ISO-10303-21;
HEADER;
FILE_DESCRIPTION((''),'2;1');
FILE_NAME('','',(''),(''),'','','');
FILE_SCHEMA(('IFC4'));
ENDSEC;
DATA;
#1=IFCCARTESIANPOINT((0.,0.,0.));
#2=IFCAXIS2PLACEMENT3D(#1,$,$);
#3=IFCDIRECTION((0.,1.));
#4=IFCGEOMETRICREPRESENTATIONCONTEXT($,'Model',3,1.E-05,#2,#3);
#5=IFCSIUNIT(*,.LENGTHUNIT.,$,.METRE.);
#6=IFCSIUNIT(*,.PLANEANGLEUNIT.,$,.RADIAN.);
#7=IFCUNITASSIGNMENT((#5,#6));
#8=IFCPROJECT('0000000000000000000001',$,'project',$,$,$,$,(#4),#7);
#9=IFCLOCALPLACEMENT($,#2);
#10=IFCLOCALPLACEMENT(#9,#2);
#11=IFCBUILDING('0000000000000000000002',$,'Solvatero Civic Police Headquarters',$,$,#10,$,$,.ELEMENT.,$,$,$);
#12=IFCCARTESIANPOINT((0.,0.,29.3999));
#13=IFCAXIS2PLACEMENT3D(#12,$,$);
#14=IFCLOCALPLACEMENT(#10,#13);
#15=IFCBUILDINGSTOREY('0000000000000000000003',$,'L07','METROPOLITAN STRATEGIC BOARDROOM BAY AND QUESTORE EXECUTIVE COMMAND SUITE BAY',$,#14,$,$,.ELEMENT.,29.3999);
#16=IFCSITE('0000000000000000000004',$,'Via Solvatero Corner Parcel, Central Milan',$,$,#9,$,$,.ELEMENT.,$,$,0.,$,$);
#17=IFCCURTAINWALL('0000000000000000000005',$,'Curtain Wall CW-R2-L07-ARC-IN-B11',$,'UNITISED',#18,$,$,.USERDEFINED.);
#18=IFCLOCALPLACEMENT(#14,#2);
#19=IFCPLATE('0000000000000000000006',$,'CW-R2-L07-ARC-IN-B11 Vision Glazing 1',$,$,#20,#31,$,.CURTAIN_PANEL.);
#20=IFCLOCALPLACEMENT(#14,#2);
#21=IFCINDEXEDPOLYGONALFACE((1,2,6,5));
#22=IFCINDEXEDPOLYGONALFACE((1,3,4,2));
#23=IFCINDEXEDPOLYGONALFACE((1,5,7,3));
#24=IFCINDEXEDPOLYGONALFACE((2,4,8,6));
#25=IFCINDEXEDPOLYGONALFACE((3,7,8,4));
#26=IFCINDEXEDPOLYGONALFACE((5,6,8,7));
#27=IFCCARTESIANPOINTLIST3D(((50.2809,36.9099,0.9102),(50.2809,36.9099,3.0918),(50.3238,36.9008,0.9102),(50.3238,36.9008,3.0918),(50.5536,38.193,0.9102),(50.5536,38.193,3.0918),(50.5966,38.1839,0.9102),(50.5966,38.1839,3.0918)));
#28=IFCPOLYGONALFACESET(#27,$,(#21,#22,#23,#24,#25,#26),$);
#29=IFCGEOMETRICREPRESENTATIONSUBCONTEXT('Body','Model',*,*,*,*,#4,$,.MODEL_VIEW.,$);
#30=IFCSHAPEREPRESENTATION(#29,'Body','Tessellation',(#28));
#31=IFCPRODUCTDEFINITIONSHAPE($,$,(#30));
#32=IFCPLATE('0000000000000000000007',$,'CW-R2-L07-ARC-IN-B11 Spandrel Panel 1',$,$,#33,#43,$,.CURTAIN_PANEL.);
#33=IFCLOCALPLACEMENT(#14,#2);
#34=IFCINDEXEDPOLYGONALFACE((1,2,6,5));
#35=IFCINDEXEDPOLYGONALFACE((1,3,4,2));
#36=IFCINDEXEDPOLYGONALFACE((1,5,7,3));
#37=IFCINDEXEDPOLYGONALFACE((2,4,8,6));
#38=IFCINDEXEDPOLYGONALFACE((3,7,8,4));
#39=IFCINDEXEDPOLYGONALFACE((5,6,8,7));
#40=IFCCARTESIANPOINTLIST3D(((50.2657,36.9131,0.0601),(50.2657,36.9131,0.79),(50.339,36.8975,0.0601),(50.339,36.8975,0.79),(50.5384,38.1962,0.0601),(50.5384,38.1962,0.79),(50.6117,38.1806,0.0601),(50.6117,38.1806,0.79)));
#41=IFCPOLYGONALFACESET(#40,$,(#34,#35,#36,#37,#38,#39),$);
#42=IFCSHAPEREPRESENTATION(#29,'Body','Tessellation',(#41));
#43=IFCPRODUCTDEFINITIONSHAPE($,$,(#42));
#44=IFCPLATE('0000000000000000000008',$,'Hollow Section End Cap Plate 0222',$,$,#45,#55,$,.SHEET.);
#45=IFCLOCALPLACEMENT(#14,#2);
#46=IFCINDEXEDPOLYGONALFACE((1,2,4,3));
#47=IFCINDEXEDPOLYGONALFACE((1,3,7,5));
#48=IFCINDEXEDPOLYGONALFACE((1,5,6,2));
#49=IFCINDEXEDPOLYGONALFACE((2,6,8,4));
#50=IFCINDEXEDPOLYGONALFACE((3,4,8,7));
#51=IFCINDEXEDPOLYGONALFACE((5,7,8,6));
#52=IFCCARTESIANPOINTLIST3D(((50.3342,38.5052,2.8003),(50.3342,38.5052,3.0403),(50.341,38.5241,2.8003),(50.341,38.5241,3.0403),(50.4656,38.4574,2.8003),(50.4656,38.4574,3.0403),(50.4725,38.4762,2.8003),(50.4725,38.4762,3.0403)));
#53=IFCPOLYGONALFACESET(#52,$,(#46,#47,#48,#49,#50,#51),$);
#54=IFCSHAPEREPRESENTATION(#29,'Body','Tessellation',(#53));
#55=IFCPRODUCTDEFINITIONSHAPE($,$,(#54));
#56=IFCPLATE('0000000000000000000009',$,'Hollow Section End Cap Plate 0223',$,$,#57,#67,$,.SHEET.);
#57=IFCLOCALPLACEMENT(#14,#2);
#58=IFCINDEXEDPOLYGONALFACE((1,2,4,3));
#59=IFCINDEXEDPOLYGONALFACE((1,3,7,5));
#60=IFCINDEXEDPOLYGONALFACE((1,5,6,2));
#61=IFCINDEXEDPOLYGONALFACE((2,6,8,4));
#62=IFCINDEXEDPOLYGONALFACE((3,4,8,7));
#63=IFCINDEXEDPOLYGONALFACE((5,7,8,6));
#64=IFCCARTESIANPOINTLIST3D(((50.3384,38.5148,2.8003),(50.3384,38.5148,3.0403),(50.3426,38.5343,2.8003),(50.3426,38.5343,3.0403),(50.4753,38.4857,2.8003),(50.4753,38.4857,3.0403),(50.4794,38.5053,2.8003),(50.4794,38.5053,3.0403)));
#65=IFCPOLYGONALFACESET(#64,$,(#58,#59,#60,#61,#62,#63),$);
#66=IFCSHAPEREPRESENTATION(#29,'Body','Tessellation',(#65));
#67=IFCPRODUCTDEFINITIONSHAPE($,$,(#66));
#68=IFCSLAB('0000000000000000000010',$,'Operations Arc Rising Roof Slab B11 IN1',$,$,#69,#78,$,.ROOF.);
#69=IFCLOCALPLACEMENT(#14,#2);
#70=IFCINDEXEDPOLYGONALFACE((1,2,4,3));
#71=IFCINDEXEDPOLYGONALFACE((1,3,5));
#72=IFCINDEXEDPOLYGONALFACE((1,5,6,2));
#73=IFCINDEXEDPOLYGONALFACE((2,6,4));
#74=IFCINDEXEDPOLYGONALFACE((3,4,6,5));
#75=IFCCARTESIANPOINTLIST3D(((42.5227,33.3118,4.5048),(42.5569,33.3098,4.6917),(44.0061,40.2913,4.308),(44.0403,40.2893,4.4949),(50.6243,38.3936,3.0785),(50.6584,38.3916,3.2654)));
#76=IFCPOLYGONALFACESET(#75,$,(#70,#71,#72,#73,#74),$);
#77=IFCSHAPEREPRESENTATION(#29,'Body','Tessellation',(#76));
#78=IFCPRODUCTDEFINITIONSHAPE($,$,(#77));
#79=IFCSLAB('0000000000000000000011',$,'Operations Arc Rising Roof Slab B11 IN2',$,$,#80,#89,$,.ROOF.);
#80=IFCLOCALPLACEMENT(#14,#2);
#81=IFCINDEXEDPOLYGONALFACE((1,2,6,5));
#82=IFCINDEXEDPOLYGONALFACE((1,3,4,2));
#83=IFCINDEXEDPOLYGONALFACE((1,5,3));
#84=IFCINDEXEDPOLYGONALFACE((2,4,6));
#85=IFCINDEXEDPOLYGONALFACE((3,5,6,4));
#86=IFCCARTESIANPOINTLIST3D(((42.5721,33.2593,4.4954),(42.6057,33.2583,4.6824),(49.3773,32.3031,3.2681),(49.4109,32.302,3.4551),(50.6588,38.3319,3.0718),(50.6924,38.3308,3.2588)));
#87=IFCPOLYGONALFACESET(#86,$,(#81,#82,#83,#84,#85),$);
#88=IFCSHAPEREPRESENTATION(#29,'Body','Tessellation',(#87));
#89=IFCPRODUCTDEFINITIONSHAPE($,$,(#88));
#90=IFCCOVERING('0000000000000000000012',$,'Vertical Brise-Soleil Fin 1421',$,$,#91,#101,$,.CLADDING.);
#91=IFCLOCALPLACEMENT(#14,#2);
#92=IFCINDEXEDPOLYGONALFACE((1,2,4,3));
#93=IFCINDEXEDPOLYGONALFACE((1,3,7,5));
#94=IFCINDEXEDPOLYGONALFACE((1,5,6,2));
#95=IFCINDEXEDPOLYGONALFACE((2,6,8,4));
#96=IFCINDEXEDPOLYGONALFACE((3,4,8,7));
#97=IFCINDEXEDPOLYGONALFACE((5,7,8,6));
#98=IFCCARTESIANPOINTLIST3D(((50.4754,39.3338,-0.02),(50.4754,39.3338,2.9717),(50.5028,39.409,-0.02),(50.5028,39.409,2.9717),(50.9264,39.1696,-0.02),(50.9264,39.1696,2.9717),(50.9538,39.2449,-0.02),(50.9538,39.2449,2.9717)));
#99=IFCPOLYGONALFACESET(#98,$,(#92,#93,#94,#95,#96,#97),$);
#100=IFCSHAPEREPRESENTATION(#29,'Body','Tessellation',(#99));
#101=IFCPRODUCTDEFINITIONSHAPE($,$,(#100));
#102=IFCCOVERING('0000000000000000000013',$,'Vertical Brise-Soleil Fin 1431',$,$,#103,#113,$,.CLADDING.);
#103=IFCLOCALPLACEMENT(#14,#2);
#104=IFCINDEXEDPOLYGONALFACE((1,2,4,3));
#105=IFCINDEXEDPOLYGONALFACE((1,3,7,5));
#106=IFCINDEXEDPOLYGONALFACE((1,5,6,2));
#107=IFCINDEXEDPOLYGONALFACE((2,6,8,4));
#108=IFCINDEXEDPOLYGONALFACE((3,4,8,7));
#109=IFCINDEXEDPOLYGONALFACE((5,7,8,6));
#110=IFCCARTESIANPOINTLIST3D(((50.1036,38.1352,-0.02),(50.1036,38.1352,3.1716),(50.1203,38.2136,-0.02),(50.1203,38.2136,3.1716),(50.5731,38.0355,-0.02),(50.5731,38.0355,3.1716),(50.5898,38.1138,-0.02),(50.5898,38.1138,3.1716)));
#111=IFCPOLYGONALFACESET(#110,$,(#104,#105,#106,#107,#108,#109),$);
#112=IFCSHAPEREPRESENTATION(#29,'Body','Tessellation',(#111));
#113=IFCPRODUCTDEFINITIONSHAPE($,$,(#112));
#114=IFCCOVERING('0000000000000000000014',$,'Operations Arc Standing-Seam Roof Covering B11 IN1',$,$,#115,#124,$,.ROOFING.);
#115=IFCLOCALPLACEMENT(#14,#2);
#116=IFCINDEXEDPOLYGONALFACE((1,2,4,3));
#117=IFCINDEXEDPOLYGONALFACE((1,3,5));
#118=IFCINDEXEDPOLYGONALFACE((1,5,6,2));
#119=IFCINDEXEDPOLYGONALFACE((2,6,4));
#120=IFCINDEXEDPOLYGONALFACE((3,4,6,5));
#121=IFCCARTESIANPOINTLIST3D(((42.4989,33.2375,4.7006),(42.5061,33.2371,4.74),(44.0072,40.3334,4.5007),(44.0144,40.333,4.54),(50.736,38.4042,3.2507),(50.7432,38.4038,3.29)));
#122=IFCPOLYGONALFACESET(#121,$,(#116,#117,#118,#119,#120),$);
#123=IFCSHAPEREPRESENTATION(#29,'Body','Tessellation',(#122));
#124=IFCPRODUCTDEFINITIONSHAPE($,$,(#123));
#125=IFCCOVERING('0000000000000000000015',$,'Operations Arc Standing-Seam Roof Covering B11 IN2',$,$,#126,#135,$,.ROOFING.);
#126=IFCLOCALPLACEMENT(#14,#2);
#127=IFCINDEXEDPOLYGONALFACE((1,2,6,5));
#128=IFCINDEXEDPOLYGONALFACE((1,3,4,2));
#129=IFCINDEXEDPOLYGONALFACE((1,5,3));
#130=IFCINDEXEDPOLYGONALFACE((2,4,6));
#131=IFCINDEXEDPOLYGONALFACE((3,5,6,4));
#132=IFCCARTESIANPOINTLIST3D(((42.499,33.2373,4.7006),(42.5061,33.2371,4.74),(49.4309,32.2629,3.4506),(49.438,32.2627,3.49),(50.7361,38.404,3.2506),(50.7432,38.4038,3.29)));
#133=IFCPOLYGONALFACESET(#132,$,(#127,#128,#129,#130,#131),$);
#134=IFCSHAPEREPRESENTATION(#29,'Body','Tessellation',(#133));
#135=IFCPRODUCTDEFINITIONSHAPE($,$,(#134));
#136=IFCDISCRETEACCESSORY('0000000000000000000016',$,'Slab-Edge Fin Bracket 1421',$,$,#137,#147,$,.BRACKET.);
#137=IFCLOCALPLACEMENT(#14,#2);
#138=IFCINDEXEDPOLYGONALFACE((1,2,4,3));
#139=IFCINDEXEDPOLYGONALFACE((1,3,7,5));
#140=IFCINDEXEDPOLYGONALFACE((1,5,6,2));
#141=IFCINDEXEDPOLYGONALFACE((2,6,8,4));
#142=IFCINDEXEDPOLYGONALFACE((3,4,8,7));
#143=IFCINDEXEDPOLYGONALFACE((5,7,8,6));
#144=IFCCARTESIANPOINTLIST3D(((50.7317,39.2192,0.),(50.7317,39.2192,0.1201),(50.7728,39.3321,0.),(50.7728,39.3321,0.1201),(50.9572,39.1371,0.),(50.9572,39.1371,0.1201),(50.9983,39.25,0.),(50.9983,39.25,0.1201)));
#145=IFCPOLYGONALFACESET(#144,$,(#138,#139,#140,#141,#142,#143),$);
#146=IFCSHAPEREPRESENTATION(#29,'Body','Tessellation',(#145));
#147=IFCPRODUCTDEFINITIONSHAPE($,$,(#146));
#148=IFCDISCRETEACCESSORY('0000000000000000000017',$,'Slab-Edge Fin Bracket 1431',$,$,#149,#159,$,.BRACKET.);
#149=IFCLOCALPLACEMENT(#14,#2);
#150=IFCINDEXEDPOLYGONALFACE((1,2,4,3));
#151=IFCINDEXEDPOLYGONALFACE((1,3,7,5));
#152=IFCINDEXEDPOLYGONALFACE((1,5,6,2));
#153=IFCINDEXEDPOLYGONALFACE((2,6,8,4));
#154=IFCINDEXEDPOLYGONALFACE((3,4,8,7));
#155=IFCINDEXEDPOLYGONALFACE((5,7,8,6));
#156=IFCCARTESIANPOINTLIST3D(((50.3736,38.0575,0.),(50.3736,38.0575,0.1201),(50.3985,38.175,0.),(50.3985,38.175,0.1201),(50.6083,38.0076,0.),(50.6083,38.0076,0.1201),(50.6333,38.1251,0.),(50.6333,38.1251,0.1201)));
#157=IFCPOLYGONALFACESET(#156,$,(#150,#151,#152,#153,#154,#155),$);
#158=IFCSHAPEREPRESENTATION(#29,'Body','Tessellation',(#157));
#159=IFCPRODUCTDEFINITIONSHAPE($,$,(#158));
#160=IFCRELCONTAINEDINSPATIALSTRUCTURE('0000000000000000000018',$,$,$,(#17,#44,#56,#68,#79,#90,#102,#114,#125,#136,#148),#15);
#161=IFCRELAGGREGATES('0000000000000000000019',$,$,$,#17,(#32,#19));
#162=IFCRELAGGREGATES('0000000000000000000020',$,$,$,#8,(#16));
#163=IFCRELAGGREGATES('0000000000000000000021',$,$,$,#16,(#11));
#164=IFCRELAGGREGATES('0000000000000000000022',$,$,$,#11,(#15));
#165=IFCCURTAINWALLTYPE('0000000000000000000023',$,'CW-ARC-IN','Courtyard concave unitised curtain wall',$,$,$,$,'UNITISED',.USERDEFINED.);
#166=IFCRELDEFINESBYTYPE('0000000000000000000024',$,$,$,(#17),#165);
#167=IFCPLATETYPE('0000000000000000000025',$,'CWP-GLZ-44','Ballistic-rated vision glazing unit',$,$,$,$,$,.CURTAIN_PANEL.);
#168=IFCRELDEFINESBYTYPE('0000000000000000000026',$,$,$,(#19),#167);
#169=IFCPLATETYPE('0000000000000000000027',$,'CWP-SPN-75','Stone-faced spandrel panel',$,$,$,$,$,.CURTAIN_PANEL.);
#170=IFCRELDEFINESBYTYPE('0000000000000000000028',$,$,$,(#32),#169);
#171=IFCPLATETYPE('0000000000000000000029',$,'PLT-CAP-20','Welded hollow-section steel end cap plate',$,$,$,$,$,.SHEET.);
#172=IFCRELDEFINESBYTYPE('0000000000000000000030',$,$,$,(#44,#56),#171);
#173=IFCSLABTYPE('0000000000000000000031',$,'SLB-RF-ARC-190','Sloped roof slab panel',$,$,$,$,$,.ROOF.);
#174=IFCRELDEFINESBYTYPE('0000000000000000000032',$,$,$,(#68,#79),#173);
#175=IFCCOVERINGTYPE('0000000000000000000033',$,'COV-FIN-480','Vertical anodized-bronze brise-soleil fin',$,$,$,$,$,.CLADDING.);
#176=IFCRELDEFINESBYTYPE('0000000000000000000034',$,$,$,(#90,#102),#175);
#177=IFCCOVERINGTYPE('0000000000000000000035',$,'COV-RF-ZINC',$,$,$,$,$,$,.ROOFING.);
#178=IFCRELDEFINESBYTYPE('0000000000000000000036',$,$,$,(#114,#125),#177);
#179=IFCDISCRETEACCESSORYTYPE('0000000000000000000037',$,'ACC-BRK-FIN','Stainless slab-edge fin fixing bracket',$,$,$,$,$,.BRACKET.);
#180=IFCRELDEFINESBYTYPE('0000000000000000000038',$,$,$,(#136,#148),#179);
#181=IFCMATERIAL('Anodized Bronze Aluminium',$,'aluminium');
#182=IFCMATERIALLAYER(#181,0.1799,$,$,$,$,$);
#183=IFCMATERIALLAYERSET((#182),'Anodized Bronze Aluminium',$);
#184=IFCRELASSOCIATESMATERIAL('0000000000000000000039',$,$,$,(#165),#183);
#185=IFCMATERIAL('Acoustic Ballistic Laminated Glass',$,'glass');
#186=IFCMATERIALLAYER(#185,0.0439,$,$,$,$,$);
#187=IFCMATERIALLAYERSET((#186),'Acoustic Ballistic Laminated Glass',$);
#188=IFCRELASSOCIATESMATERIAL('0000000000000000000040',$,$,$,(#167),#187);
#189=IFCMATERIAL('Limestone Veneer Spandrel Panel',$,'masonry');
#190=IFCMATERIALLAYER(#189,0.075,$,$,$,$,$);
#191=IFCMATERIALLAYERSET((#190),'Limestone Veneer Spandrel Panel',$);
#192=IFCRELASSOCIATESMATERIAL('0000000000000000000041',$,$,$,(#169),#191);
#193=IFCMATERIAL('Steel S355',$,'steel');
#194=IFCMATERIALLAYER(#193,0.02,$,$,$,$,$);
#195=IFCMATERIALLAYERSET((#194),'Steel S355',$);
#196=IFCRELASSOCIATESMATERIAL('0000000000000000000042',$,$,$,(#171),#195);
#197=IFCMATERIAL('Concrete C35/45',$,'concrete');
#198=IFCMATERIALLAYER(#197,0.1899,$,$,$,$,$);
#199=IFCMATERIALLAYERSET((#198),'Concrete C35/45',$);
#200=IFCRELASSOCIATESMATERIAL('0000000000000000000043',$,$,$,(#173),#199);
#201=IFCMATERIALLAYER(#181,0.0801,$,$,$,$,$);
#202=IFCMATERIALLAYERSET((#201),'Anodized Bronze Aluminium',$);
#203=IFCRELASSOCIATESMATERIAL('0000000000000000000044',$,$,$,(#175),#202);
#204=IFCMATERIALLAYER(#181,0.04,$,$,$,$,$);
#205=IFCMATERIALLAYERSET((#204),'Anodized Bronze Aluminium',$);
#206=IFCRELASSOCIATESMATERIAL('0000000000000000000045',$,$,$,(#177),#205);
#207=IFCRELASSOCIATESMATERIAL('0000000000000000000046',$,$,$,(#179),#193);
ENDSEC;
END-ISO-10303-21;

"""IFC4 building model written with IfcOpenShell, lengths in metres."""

from ifc_helpers import new_model, si_unit, direction, frame, origin, origin_2d, place, context, subcontext, project, spatial, polyline, rectangle, outline, extrude, material, layer, layer_set, type_object, element, aggregate, save


model = new_model("IFC4")

# Units and contexts
model_context = context("Model", 3, precision=1e-05, world=origin(), true_north=direction((0.0, 1.0)))
body_context = subcontext(model_context, "Body", "Model", "MODEL_VIEW")
ifc_project = project(units=[si_unit("LENGTHUNIT", "METRE"), si_unit("PLANEANGLEUNIT", "RADIAN")], contexts=[model_context])

# Site, building, storey
site_placement = place(None, origin())
site = spatial("IfcSite", under=ifc_project, at=site_placement, Name="Via Solvatero Corner Parcel, Central Milan", CompositionType="ELEMENT", RefElevation=0.0)
building_placement = place(site_placement, origin())
building = spatial("IfcBuilding", under=site, at=building_placement, Name="Solvatero Civic Police Headquarters", CompositionType="ELEMENT")
storey_placement = place(building_placement, frame((0.0, 0.0, 29.3999)))
storey = spatial("IfcBuildingStorey", under=building, at=storey_placement, Name="L07", Description="METROPOLITAN STRATEGIC BOARDROOM BAY AND QUESTORE EXECUTIVE COMMAND SUITE BAY", CompositionType="ELEMENT", Elevation=29.3999)

# Shared definitions
ifc_material_1 = material(Name="Steel S355", Category="steel")

# Shared definitions
ifc_material_2 = material(Name="Anodized Bronze Aluminium", Category="aluminium")
ifc_layer_1 = layer(ifc_material_2, 0.1799)
ifc_layer_set_1 = layer_set([ifc_layer_1], Name="Anodized Bronze Aluminium")
curtain_wall_type = type_object("IfcCurtainWallType", Name="CW-ARC-IN", Description="Courtyard concave unitised curtain wall", ElementType="UNITISED", PredefinedType="USERDEFINED", material=ifc_layer_set_1)

# Curtain wall
curtain_wall_1_placement = place(storey_placement, origin())
curtain_wall_1 = element("IfcCurtainWall", 1, at=curtain_wall_1_placement, inside=storey, type_object=curtain_wall_type, Name="Curtain Wall CW-R2-L07-ARC-IN-B11", ObjectType="UNITISED", PredefinedType="USERDEFINED")

# Plates
ifc_material_3 = material(Name="Acoustic Ballistic Laminated Glass", Category="glass")
ifc_layer_2 = layer(ifc_material_3, 0.0439)
ifc_layer_set_2 = layer_set([ifc_layer_2], Name="Acoustic Ballistic Laminated Glass")
plate_type_1 = type_object("IfcPlateType", Name="CWP-GLZ-44", Description="Ballistic-rated vision glazing unit", PredefinedType="CURTAIN_PANEL", material=ifc_layer_set_2)
plate_1_placement = place(storey_placement, frame((50.4387, 37.5469, 0.9102), z_axis=(0.0, 0.0, 1.0), x_axis=(-0.207912, -0.978148, 0.0)))
plate_1 = element("IfcPlate", 2, at=plate_1_placement, type_object=plate_type_1, Name="CW-R2-L07-ARC-IN-B11 Vision Glazing 1", PredefinedType="CURTAIN_PANEL", context=body_context, shape_type="SweptSolid", body=[
    extrude(rectangle(XDim=1.3118, YDim=0.0439, at=origin_2d()), origin(), (0.0, 0.0, 1.0), 2.1816),
])
ifc_material_4 = material(Name="Limestone Veneer Spandrel Panel", Category="masonry")
ifc_layer_3 = layer(ifc_material_4, 0.075)
ifc_layer_set_3 = layer_set([ifc_layer_3], Name="Limestone Veneer Spandrel Panel")
plate_type_2 = type_object("IfcPlateType", Name="CWP-SPN-75", Description="Stone-faced spandrel panel", PredefinedType="CURTAIN_PANEL", material=ifc_layer_set_3)
plate_2_placement = place(storey_placement, frame((50.4387, 37.5469, 0.0601), z_axis=(0.0, 0.0, 1.0), x_axis=(-0.207912, -0.978148, 0.0)))
plate_2 = element("IfcPlate", 3, at=plate_2_placement, type_object=plate_type_2, Name="CW-R2-L07-ARC-IN-B11 Spandrel Panel 1", PredefinedType="CURTAIN_PANEL", context=body_context, shape_type="SweptSolid", body=[
    extrude(rectangle(XDim=1.3118, YDim=0.075, at=origin_2d()), origin(), (0.0, 0.0, 1.0), 0.73),
])
aggregate(curtain_wall_1, [plate_2, plate_1])

# Plates
ifc_layer_4 = layer(ifc_material_1, 0.02)
ifc_layer_set_4 = layer_set([ifc_layer_4], Name="Steel S355")
plate_type_3 = type_object("IfcPlateType", Name="PLT-CAP-20", Description="Welded hollow-section steel end cap plate", PredefinedType="SHEET", material=ifc_layer_set_4)
for number, where, z_axis, x_axis, name in (
    (4, (50.4033, 38.4907, 2.8003), (0.0, 0.0, 1.0), (-0.34202, -0.939693, 0.0), "Hollow Section End Cap Plate 0222"),
    (5, (50.4089, 38.51, 2.8003), (0.0, 0.0, 1.0), (-0.207912, -0.978148, 0.0), "Hollow Section End Cap Plate 0223"),
):
    element("IfcPlate", number, at=place(storey_placement, frame(where, z_axis=z_axis, x_axis=x_axis)), inside=storey, type_object=plate_type_3, Name=name, PredefinedType="SHEET", context=body_context, shape_type="SweptSolid", body=[
        extrude(rectangle(XDim=0.02, YDim=0.1399, at=origin_2d()), origin(), (0.0, 0.0, 1.0), 0.24),
    ])

# Slabs
ifc_material_5 = material(Name="Concrete C35/45", Category="concrete")
ifc_layer_5 = layer(ifc_material_5, 0.1899)
ifc_layer_set_5 = layer_set([ifc_layer_5], Name="Concrete C35/45")
slab_type = type_object("IfcSlabType", Name="SLB-RF-ARC-190", Description="Sloped roof slab panel", PredefinedType="ROOF", material=ifc_layer_set_5)
slab_1_placement = place(storey_placement, frame((50.6584, 38.3916, 3.2654), z_axis=(0.179738, -0.010468, 0.983659), x_axis=(-0.83787, -0.525562, 0.147506)))
element("IfcSlab", 6, at=slab_1_placement, inside=storey, type_object=slab_type, Name="Operations Arc Rising Roof Slab B11 IN1", PredefinedType="ROOF", context=body_context, shape_type="SweptSolid", body=[
    extrude(outline(polyline([(0.0, 0.0), (9.6692, 0.0), (4.7292, -5.1525), (0.0, 0.0)])), origin(), (0.0, 0.0, -1.0), 0.1899),
])
slab_2_placement = place(storey_placement, frame((50.6924, 38.3308, 3.2588), z_axis=(0.17673, -0.005521, 0.984244), x_axis=(-0.207811, -0.977651, 0.031831)))
element("IfcSlab", 7, at=slab_2_placement, inside=storey, type_object=slab_type, Name="Operations Arc Rising Roof Slab B11 IN2", PredefinedType="ROOF", context=body_context, shape_type="SweptSolid", body=[
    extrude(outline(polyline([(0.0, 0.0), (6.1666, 0.0), (6.685, -6.9615), (0.0, 0.0)])), origin(), (0.0, 0.0, -1.0), 0.1899),
])

# Coverings
ifc_layer_6 = layer(ifc_material_2, 0.0801)
ifc_layer_set_6 = layer_set([ifc_layer_6], Name="Anodized Bronze Aluminium")
covering_type_1 = type_object("IfcCoveringType", Name="COV-FIN-480", Description="Vertical anodized-bronze brise-soleil fin", PredefinedType="CLADDING", material=ifc_layer_set_6)
covering_1_placement = place(storey_placement, frame((50.7146, 39.2893, -0.02), z_axis=(0.0, 0.0, 1.0), x_axis=(-0.342004, -0.939699, 0.0)))
element("IfcCovering", 8, at=covering_1_placement, inside=storey, type_object=covering_type_1, Name="Vertical Brise-Soleil Fin 1421", PredefinedType="CLADDING", context=body_context, shape_type="SweptSolid", body=[
    extrude(rectangle(XDim=0.0801, YDim=0.48, at=origin_2d()), origin(), (0.0, 0.0, 1.0), 2.9917),
])
covering_2_placement = place(storey_placement, frame((50.3467, 38.1245, -0.02), z_axis=(0.0, 0.0, 1.0), x_axis=(-0.207912, -0.978148, 0.0)))
element("IfcCovering", 9, at=covering_2_placement, inside=storey, type_object=covering_type_1, Name="Vertical Brise-Soleil Fin 1431", PredefinedType="CLADDING", context=body_context, shape_type="SweptSolid", body=[
    extrude(rectangle(XDim=0.0801, YDim=0.48, at=origin_2d()), origin(), (0.0, 0.0, 1.0), 3.1917),
])
ifc_layer_7 = layer(ifc_material_2, 0.04)
ifc_layer_set_7 = layer_set([ifc_layer_7], Name="Anodized Bronze Aluminium")
covering_type_2 = type_object("IfcCoveringType", Name="COV-RF-ZINC", PredefinedType="ROOFING", material=ifc_layer_set_7)
covering_3_placement = place(storey_placement, frame((50.7432, 38.4038, 3.29), z_axis=(0.179728, -0.010485, 0.98366), x_axis=(-0.946301, 0.271313, 0.175794)))
element("IfcCovering", 10, at=covering_3_placement, inside=storey, type_object=covering_type_2, Name="Operations Arc Standing-Seam Roof Covering B11 IN1", PredefinedType="ROOFING", context=body_context, shape_type="SweptSolid", body=[
    extrude(outline(polyline([(0.0, 0.0), (7.1106, 0.0), (6.6478, 7.2425), (0.0, 0.0)])), origin(), (0.0, 0.0, -1.0), 0.04),
])
covering_4_placement = place(storey_placement, frame((50.7432, 38.4038, 3.29), z_axis=(0.176711, -0.00551, 0.984247), x_axis=(-0.837874, -0.525561, 0.147489)))
element("IfcCovering", 11, at=covering_4_placement, inside=storey, type_object=covering_type_2, Name="Operations Arc Standing-Seam Roof Covering B11 IN2", PredefinedType="ROOFING", context=body_context, shape_type="SweptSolid", body=[
    extrude(outline(polyline([(0.0, 0.0), (9.8309, 0.0), (4.3506, 4.5309), (0.0, 0.0)])), origin(), (0.0, 0.0, -1.0), 0.04),
])

# Discrete accessories
discrete_accessory_type = type_object("IfcDiscreteAccessoryType", Name="ACC-BRK-FIN", Description="Stainless slab-edge fin fixing bracket", PredefinedType="BRACKET", material=ifc_material_1)
for number, where, z_axis, x_axis, name in (
    (12, (50.865, 39.2346, 0.0), (0.0, 0.0, 1.0), (-0.342004, -0.939699, 0.0), "Slab-Edge Fin Bracket 1421"),
    (13, (50.5034, 38.0913, 0.0), (0.0, 0.0, 1.0), (-0.207912, -0.978148, 0.0), "Slab-Edge Fin Bracket 1431"),
):
    element("IfcDiscreteAccessory", number, at=place(storey_placement, frame(where, z_axis=z_axis, x_axis=x_axis)), inside=storey, type_object=discrete_accessory_type, Name=name, PredefinedType="BRACKET", context=body_context, shape_type="SweptSolid", body=[
        extrude(rectangle(XDim=0.1201, YDim=0.24, at=origin_2d()), origin(), (0.0, 0.0, 1.0), 0.1201),
    ])

save(model, "model.ifc")
